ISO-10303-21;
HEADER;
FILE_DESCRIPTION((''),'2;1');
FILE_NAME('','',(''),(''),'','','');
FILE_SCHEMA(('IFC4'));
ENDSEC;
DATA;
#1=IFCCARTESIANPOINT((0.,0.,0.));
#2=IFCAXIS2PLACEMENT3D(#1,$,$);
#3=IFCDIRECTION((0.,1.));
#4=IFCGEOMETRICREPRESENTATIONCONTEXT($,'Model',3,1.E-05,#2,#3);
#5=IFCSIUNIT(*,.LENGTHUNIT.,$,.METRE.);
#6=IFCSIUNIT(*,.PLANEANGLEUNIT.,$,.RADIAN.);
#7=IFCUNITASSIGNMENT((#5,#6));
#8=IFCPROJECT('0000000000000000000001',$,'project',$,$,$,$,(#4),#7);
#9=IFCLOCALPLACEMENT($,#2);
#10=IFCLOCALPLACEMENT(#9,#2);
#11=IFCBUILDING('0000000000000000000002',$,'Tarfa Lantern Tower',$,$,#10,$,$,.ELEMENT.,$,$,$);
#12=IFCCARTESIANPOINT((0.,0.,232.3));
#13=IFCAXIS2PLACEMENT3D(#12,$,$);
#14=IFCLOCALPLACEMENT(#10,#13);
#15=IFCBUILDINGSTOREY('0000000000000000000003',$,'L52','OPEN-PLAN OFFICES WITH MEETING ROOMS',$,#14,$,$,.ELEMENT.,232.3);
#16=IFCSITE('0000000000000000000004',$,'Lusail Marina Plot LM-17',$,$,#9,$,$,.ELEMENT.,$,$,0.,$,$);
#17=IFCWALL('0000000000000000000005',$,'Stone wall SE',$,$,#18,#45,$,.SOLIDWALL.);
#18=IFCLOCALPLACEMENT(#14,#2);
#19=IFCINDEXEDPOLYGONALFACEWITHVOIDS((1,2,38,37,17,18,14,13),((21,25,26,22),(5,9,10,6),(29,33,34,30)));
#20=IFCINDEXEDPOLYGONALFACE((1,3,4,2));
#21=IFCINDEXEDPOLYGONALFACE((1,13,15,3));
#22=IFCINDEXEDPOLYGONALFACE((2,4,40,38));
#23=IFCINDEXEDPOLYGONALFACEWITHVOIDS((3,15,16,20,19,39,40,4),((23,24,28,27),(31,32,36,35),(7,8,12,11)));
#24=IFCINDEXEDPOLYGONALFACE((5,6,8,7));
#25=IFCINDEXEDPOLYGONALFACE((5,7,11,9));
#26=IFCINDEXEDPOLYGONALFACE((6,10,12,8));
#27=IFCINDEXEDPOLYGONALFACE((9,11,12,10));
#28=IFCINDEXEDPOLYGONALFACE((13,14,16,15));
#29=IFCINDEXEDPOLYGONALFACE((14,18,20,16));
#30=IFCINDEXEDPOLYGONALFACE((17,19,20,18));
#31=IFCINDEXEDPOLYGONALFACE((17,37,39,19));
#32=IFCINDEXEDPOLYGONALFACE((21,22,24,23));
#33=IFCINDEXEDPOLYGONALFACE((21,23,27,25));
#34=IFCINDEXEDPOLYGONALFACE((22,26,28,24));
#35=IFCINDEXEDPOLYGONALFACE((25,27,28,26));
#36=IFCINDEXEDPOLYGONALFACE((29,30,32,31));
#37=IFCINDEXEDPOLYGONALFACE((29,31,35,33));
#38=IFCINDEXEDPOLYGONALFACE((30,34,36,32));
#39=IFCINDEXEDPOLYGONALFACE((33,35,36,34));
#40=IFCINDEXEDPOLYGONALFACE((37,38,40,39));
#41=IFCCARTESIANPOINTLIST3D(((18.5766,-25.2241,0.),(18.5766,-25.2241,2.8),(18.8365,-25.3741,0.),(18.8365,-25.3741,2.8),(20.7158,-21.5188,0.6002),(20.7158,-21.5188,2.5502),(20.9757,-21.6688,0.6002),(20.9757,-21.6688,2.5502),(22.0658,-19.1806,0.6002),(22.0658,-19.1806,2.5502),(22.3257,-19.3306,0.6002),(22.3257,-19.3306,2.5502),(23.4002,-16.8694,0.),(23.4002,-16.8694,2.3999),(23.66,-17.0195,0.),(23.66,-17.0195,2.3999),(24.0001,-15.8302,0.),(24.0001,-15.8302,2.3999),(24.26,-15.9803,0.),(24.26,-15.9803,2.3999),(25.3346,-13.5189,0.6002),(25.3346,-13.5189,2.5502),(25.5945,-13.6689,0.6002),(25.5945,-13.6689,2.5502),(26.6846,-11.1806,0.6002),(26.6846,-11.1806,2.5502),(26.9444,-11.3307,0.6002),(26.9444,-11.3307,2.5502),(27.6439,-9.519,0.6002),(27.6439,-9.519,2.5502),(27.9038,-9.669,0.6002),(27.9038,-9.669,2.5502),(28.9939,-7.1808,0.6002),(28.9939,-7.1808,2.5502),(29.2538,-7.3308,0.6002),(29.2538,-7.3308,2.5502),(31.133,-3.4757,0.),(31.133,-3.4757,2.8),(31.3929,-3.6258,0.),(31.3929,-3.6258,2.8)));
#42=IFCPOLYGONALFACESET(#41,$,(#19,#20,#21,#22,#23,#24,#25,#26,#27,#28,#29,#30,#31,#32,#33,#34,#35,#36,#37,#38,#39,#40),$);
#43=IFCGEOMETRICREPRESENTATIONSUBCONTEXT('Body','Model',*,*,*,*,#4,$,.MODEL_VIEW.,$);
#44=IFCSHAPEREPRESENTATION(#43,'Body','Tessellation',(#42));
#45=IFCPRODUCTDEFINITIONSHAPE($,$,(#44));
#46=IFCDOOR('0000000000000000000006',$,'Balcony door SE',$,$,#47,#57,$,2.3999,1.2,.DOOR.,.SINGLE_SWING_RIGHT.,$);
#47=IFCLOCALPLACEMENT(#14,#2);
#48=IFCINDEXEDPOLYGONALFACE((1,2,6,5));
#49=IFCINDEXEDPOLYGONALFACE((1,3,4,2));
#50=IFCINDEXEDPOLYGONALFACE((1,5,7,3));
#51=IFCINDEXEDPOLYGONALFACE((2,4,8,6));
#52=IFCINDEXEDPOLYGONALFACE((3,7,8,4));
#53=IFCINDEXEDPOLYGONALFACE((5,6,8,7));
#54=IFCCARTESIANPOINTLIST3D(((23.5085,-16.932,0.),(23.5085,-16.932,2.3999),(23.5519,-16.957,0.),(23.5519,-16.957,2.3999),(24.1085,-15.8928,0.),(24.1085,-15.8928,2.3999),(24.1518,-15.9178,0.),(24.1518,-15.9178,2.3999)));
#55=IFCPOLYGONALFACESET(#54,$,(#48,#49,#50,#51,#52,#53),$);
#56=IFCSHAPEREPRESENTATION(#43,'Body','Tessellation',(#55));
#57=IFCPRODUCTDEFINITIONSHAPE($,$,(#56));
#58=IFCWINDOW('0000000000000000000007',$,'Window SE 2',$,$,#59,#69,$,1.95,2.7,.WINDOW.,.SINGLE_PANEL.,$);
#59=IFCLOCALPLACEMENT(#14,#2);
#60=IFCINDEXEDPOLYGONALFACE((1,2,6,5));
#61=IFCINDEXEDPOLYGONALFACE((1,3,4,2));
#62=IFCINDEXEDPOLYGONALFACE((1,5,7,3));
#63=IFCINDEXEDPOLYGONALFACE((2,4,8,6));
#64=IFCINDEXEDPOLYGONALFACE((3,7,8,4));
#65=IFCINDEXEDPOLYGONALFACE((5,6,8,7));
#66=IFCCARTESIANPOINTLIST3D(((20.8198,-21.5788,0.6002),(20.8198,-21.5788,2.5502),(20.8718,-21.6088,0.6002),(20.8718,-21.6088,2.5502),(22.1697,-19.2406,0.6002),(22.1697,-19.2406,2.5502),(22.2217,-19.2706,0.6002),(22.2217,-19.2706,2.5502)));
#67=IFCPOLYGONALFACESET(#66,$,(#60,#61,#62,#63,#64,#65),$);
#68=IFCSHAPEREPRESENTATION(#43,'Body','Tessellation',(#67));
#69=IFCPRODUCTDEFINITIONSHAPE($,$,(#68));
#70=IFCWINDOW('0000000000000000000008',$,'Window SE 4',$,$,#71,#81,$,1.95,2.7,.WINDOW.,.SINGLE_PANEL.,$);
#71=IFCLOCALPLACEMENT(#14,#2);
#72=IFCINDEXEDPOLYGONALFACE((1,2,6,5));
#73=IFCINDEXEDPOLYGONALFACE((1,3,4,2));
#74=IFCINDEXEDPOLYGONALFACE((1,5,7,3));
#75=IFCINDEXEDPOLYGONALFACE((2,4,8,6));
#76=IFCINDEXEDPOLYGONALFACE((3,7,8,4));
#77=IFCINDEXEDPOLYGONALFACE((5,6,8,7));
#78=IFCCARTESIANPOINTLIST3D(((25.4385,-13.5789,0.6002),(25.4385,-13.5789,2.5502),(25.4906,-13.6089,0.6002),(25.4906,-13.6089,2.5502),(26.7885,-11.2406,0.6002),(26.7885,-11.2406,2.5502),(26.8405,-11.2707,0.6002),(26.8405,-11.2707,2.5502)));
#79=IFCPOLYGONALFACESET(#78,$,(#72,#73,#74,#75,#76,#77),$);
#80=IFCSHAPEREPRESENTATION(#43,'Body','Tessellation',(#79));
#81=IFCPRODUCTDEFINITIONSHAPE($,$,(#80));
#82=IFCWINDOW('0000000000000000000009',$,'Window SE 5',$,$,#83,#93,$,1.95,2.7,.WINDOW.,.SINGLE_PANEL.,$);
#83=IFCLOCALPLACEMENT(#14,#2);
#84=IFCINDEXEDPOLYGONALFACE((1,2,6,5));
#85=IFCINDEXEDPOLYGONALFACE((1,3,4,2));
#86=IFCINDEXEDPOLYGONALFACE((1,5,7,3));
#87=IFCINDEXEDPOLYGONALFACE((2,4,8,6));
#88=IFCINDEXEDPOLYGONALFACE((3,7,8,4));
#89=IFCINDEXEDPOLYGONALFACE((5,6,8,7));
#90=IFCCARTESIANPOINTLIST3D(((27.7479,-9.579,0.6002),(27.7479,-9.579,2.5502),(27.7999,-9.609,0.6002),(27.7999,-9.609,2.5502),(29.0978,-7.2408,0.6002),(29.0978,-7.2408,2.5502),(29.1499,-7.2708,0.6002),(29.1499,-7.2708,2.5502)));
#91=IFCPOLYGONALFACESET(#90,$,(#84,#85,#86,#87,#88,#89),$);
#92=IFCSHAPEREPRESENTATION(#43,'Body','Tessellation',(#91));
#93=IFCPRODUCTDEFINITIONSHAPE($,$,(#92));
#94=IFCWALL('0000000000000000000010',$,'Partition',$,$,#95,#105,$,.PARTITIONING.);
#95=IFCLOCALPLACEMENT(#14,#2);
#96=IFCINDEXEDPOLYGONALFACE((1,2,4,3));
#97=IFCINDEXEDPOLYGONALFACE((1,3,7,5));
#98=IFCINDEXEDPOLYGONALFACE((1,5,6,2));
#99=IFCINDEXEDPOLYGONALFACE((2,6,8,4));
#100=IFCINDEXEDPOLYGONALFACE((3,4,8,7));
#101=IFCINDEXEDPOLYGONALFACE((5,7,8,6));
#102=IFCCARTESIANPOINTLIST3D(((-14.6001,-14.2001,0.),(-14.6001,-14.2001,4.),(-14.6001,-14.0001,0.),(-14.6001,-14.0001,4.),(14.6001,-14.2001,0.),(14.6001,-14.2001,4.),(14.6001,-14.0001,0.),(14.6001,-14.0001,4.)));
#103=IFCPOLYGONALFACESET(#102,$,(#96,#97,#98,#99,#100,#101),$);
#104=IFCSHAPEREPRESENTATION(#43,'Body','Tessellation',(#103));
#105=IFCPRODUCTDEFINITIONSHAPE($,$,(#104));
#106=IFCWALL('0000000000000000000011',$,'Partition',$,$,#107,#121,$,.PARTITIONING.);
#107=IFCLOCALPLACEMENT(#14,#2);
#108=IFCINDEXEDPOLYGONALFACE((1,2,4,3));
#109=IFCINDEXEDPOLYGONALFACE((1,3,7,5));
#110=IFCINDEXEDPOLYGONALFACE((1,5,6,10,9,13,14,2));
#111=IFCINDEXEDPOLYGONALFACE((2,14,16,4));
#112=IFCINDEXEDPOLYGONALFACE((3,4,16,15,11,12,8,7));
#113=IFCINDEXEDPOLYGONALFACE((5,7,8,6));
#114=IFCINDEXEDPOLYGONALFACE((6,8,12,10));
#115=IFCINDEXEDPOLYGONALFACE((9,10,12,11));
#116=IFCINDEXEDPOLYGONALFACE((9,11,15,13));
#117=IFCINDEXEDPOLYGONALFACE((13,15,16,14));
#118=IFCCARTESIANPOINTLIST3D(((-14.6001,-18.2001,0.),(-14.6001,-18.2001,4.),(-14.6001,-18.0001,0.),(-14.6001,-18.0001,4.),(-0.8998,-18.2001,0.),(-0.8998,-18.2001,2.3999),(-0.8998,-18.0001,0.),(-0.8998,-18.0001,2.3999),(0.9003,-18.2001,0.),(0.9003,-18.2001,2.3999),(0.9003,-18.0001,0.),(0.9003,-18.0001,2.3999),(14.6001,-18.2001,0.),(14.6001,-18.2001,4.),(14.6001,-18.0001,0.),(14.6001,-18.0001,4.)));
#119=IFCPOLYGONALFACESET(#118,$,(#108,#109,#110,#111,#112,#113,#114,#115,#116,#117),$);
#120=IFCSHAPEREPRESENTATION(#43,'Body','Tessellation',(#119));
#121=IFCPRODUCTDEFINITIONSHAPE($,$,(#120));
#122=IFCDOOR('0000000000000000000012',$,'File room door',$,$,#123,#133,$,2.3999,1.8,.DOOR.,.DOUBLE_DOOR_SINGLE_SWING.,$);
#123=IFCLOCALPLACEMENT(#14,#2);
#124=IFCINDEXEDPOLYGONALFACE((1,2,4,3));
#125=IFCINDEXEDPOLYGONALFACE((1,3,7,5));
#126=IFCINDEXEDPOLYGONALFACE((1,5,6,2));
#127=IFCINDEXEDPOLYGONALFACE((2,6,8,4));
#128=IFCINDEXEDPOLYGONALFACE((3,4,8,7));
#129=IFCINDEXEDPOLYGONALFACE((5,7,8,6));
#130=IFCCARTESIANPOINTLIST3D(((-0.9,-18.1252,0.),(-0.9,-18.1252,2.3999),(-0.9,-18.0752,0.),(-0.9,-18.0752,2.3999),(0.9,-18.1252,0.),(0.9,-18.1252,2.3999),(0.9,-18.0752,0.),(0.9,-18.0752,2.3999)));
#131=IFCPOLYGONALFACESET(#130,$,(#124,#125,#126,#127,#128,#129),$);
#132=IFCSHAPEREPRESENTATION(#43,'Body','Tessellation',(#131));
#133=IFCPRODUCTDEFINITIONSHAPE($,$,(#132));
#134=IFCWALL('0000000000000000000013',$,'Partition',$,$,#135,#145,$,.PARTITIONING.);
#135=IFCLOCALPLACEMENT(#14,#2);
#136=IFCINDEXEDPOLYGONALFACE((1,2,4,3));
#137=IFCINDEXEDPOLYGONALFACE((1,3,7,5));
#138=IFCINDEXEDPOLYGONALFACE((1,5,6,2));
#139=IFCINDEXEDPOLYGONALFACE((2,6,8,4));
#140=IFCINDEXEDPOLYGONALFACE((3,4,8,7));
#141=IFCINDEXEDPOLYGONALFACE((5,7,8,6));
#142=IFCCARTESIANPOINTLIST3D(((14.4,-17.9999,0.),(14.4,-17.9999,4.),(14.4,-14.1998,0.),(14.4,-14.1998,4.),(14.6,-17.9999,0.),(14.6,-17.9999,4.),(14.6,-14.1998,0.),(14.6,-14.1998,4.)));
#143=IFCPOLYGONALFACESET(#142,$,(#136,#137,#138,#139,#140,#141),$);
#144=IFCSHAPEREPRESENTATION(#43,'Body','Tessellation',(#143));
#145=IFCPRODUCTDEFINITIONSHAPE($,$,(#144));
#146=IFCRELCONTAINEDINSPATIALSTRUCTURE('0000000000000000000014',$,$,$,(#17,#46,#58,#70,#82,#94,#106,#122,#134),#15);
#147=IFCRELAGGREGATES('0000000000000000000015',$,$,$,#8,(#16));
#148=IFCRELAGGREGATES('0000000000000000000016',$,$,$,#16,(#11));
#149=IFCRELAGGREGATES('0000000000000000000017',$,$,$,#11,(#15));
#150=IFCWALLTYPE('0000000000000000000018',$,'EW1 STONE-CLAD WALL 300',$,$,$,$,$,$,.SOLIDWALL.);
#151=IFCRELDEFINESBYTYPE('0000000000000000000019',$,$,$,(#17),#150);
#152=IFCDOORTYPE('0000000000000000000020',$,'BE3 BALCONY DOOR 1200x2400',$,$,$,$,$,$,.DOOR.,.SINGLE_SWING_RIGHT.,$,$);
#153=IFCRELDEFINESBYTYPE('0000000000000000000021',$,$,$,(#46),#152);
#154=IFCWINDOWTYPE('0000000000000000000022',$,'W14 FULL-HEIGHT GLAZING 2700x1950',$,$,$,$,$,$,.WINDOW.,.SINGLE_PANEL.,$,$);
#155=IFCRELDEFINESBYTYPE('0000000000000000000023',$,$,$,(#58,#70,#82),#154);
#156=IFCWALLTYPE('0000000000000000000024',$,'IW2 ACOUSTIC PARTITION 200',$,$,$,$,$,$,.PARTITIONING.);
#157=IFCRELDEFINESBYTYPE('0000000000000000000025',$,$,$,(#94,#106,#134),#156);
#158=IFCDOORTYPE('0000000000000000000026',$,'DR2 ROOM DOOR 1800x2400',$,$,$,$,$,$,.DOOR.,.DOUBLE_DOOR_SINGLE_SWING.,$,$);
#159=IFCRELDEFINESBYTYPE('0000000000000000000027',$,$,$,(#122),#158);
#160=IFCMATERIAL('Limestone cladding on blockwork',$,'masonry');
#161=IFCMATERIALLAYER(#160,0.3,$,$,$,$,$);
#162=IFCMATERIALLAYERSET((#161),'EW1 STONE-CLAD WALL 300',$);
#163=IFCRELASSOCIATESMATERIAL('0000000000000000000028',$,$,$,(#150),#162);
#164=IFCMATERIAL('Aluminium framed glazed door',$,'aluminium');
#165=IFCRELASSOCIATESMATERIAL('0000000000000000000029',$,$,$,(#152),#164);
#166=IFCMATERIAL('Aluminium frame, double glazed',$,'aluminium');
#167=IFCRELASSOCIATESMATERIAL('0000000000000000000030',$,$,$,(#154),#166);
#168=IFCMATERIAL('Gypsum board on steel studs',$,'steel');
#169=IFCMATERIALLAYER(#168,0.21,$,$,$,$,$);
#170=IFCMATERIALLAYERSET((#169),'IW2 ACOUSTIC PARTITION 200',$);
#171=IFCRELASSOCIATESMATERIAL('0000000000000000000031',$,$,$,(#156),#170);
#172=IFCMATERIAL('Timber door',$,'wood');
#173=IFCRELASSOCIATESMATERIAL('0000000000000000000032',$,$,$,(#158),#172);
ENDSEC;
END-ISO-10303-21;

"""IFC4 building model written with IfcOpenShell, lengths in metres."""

from ifc_helpers import new_model, si_unit, direction, frame, frame_2d, origin, place, context, subcontext, project, spatial, rectangle, extrude, material, layer, layer_set, type_object, element, fill, save


model = new_model("IFC4")

# Units and contexts
model_context = context("Model", 3, precision=1e-05, world=origin(), true_north=direction((0.0, 1.0)))
body_context = subcontext(model_context, "Body", "Model", "MODEL_VIEW")
ifc_project = project(units=[si_unit("LENGTHUNIT", "METRE"), si_unit("PLANEANGLEUNIT", "RADIAN")], contexts=[model_context])

# Site, building, storey
site_placement = place(None, origin())
site = spatial("IfcSite", under=ifc_project, at=site_placement, Name="Lusail Marina Plot LM-17", CompositionType="ELEMENT", RefElevation=0.0)
building_placement = place(site_placement, origin())
building = spatial("IfcBuilding", under=site, at=building_placement, Name="Tarfa Lantern Tower", CompositionType="ELEMENT")
storey_placement = place(building_placement, frame((0.0, 0.0, 232.3)))
storey = spatial("IfcBuildingStorey", under=building, at=storey_placement, Name="L52", Description="OPEN-PLAN OFFICES WITH MEETING ROOMS", CompositionType="ELEMENT", Elevation=232.3)

# Wall, openings, door, windows
ifc_material_1 = material(Name="Limestone cladding on blockwork", Category="masonry")
ifc_layer_1 = layer(ifc_material_1, 0.3)
ifc_layer_set_1 = layer_set([ifc_layer_1], Name="EW1 STONE-CLAD WALL 300")
wall_type_1 = type_object("IfcWallType", Name="EW1 STONE-CLAD WALL 300", PredefinedType="SOLIDWALL", material=ifc_layer_set_1)
wall_1_placement = place(storey_placement, frame((18.7065, -25.2991, 0.0), z_axis=(0.0, 0.0, 1.0), x_axis=(0.5, 0.866025, 0.0)))
wall_1 = element("IfcWall", 1, at=wall_1_placement, inside=storey, type_object=wall_type_1, Name="Stone wall SE", PredefinedType="SOLIDWALL", context=body_context, shape_type="SweptSolid", body=[
    extrude(rectangle(XDim=25.1128, YDim=0.3, at=frame_2d((12.5564, 0.0))), origin(), (0.0, 0.0, 1.0), 2.8),
])
opening_1_placement = place(wall_1_placement, frame((4.2783, 0.0, 0.6001)))
opening_1 = element("IfcOpeningElement", 2, at=opening_1_placement, cuts=wall_1, PredefinedType="OPENING", context=body_context, shape_type="SweptSolid", body=[
    extrude(rectangle(XDim=2.7, YDim=1.95, at=frame_2d((1.3501, 0.9751))), frame((0.0, 0.1599, 0.0), z_axis=(0.0, -1.0, 0.0), x_axis=(1.0, 0.0, 0.0)), (0.0, 0.0, 1.0), 0.3201),
])
opening_2_placement = place(wall_1_placement, frame((9.647, 0.0, 0.0)))
opening_2 = element("IfcOpeningElement", 3, at=opening_2_placement, cuts=wall_1, PredefinedType="OPENING", context=body_context, shape_type="SweptSolid", body=[
    extrude(rectangle(XDim=1.2, YDim=2.3999, at=frame_2d((0.6001, 1.2))), frame((0.0, 0.1599, 0.0), z_axis=(0.0, -1.0, 0.0), x_axis=(1.0, 0.0, 0.0)), (0.0, 0.0, 1.0), 0.3201),
])
opening_3_placement = place(wall_1_placement, frame((13.5159, 0.0, 0.6001)))
opening_3 = element("IfcOpeningElement", 4, at=opening_3_placement, cuts=wall_1, PredefinedType="OPENING", context=body_context, shape_type="SweptSolid", body=[
    extrude(rectangle(XDim=2.7, YDim=1.95, at=frame_2d((1.3501, 0.9751))), frame((0.0, 0.1599, 0.0), z_axis=(0.0, -1.0, 0.0), x_axis=(1.0, 0.0, 0.0)), (0.0, 0.0, 1.0), 0.3201),
])
opening_4_placement = place(wall_1_placement, frame((18.1345, 0.0, 0.6001)))
opening_4 = element("IfcOpeningElement", 5, at=opening_4_placement, cuts=wall_1, PredefinedType="OPENING", context=body_context, shape_type="SweptSolid", body=[
    extrude(rectangle(XDim=2.7, YDim=1.95, at=frame_2d((1.3501, 0.9751))), frame((0.0, 0.1599, 0.0), z_axis=(0.0, -1.0, 0.0), x_axis=(1.0, 0.0, 0.0)), (0.0, 0.0, 1.0), 0.3201),
])
ifc_material_2 = material(Name="Aluminium framed glazed door", Category="aluminium")
door_type_1 = type_object("IfcDoorType", Name="BE3 BALCONY DOOR 1200x2400", OperationType="SINGLE_SWING_RIGHT", PredefinedType="DOOR", material=ifc_material_2)
door_1_placement = place(opening_2_placement, origin())
door_1 = element("IfcDoor", 6, at=door_1_placement, inside=storey, type_object=door_type_1, Name="Balcony door SE", OperationType="SINGLE_SWING_RIGHT", OverallHeight=2.3999, OverallWidth=1.2, PredefinedType="DOOR", context=body_context, shape_type="SweptSolid", body=[
    extrude(rectangle(XDim=1.2, YDim=2.3999, at=frame_2d((0.6001, 1.2))), frame((0.0, 0.0249, 0.0), z_axis=(0.0, -1.0, 0.0), x_axis=(1.0, 0.0, 0.0)), (0.0, 0.0, 1.0), 0.05),
])
fill(opening_2, door_1)
ifc_material_3 = material(Name="Aluminium frame, double glazed", Category="aluminium")
window_type = type_object("IfcWindowType", Name="W14 FULL-HEIGHT GLAZING 2700x1950", PartitioningType="SINGLE_PANEL", PredefinedType="WINDOW", material=ifc_material_3)
window_1_placement = place(opening_1_placement, origin())
window_1 = element("IfcWindow", 7, at=window_1_placement, inside=storey, type_object=window_type, Name="Window SE 2", OverallHeight=1.95, OverallWidth=2.7, PartitioningType="SINGLE_PANEL", PredefinedType="WINDOW", context=body_context, shape_type="SweptSolid", body=[
    extrude(rectangle(XDim=2.7, YDim=1.95, at=frame_2d((1.3501, 0.9751))), frame((0.0, 0.03, 0.0), z_axis=(0.0, -1.0, 0.0), x_axis=(1.0, 0.0, 0.0)), (0.0, 0.0, 1.0), 0.0601),
])
fill(opening_1, window_1)
window_2_placement = place(opening_3_placement, origin())
window_2 = element("IfcWindow", 8, at=window_2_placement, inside=storey, type_object=window_type, Name="Window SE 4", OverallHeight=1.95, OverallWidth=2.7, PartitioningType="SINGLE_PANEL", PredefinedType="WINDOW", context=body_context, shape_type="SweptSolid", body=[
    extrude(rectangle(XDim=2.7, YDim=1.95, at=frame_2d((1.3501, 0.9751))), frame((0.0, 0.03, 0.0), z_axis=(0.0, -1.0, 0.0), x_axis=(1.0, 0.0, 0.0)), (0.0, 0.0, 1.0), 0.0601),
])
fill(opening_3, window_2)
window_3_placement = place(opening_4_placement, origin())
window_3 = element("IfcWindow", 9, at=window_3_placement, inside=storey, type_object=window_type, Name="Window SE 5", OverallHeight=1.95, OverallWidth=2.7, PartitioningType="SINGLE_PANEL", PredefinedType="WINDOW", context=body_context, shape_type="SweptSolid", body=[
    extrude(rectangle(XDim=2.7, YDim=1.95, at=frame_2d((1.3501, 0.9751))), frame((0.0, 0.03, 0.0), z_axis=(0.0, -1.0, 0.0), x_axis=(1.0, 0.0, 0.0)), (0.0, 0.0, 1.0), 0.0601),
])
fill(opening_4, window_3)

# Wall
ifc_material_4 = material(Name="Gypsum board on steel studs", Category="steel")
ifc_layer_2 = layer(ifc_material_4, 0.21)
ifc_layer_set_2 = layer_set([ifc_layer_2], Name="IW2 ACOUSTIC PARTITION 200")
wall_type_2 = type_object("IfcWallType", Name="IW2 ACOUSTIC PARTITION 200", PredefinedType="PARTITIONING", material=ifc_layer_set_2)
wall_2_placement = place(storey_placement, frame((14.6001, -14.1001, 0.0), z_axis=(0.0, 0.0, 1.0), x_axis=(-1.0, 0.0, 0.0)))
element("IfcWall", 10, at=wall_2_placement, inside=storey, type_object=wall_type_2, Name="Partition", PredefinedType="PARTITIONING", context=body_context, shape_type="SweptSolid", body=[
    extrude(rectangle(XDim=29.2002, YDim=0.2, at=frame_2d((14.6001, 0.0))), origin(), (0.0, 0.0, 1.0), 4.0),
])

# Wall, opening, door
wall_3_placement = place(storey_placement, frame((14.6001, -18.1001, 0.0), z_axis=(0.0, 0.0, 1.0), x_axis=(-1.0, 0.0, 0.0)))
wall_3 = element("IfcWall", 11, at=wall_3_placement, inside=storey, type_object=wall_type_2, Name="Partition", PredefinedType="PARTITIONING", context=body_context, shape_type="SweptSolid", body=[
    extrude(rectangle(XDim=29.2002, YDim=0.2, at=frame_2d((14.6001, 0.0))), origin(), (0.0, 0.0, 1.0), 4.0),
])
opening_5_placement = place(wall_3_placement, frame((13.7, 0.0, 0.0)))
opening_5 = element("IfcOpeningElement", 12, at=opening_5_placement, cuts=wall_3, PredefinedType="OPENING", context=body_context, shape_type="SweptSolid", body=[
    extrude(rectangle(XDim=1.8, YDim=2.3999, at=frame_2d((0.8999, 1.2))), frame((0.0, 0.1099, 0.0), z_axis=(0.0, -1.0, 0.0), x_axis=(1.0, 0.0, 0.0)), (0.0, 0.0, 1.0), 0.22),
])
ifc_material_5 = material(Name="Timber door", Category="wood")
door_type_2 = type_object("IfcDoorType", Name="DR2 ROOM DOOR 1800x2400", OperationType="DOUBLE_DOOR_SINGLE_SWING", PredefinedType="DOOR", material=ifc_material_5)
door_2_placement = place(opening_5_placement, frame((1.8, 0.0, 0.0), z_axis=(0.0, 0.0, 1.0), x_axis=(-1.0, 0.0, 0.0)))
door_2 = element("IfcDoor", 13, at=door_2_placement, inside=storey, type_object=door_type_2, Name="File room door", OperationType="DOUBLE_DOOR_SINGLE_SWING", OverallHeight=2.3999, OverallWidth=1.8, PredefinedType="DOOR", context=body_context, shape_type="SweptSolid", body=[
    extrude(rectangle(XDim=1.8, YDim=2.3999, at=frame_2d((0.8999, 1.2))), frame((0.0, 0.0249, 0.0), z_axis=(0.0, -1.0, 0.0), x_axis=(1.0, 0.0, 0.0)), (0.0, 0.0, 1.0), 0.05),
])
fill(opening_5, door_2)

# Wall
wall_4_placement = place(storey_placement, frame((14.5, -14.2, 0.0), z_axis=(0.0, 0.0, 1.0), x_axis=(0.0, -1.0, 0.0)))
element("IfcWall", 14, at=wall_4_placement, inside=storey, type_object=wall_type_2, Name="Partition", PredefinedType="PARTITIONING", context=body_context, shape_type="SweptSolid", body=[
    extrude(rectangle(XDim=3.8, YDim=0.2, at=frame_2d((1.8999, 0.0))), origin(), (0.0, 0.0, 1.0), 4.0),
])

save(model, "model.ifc")
